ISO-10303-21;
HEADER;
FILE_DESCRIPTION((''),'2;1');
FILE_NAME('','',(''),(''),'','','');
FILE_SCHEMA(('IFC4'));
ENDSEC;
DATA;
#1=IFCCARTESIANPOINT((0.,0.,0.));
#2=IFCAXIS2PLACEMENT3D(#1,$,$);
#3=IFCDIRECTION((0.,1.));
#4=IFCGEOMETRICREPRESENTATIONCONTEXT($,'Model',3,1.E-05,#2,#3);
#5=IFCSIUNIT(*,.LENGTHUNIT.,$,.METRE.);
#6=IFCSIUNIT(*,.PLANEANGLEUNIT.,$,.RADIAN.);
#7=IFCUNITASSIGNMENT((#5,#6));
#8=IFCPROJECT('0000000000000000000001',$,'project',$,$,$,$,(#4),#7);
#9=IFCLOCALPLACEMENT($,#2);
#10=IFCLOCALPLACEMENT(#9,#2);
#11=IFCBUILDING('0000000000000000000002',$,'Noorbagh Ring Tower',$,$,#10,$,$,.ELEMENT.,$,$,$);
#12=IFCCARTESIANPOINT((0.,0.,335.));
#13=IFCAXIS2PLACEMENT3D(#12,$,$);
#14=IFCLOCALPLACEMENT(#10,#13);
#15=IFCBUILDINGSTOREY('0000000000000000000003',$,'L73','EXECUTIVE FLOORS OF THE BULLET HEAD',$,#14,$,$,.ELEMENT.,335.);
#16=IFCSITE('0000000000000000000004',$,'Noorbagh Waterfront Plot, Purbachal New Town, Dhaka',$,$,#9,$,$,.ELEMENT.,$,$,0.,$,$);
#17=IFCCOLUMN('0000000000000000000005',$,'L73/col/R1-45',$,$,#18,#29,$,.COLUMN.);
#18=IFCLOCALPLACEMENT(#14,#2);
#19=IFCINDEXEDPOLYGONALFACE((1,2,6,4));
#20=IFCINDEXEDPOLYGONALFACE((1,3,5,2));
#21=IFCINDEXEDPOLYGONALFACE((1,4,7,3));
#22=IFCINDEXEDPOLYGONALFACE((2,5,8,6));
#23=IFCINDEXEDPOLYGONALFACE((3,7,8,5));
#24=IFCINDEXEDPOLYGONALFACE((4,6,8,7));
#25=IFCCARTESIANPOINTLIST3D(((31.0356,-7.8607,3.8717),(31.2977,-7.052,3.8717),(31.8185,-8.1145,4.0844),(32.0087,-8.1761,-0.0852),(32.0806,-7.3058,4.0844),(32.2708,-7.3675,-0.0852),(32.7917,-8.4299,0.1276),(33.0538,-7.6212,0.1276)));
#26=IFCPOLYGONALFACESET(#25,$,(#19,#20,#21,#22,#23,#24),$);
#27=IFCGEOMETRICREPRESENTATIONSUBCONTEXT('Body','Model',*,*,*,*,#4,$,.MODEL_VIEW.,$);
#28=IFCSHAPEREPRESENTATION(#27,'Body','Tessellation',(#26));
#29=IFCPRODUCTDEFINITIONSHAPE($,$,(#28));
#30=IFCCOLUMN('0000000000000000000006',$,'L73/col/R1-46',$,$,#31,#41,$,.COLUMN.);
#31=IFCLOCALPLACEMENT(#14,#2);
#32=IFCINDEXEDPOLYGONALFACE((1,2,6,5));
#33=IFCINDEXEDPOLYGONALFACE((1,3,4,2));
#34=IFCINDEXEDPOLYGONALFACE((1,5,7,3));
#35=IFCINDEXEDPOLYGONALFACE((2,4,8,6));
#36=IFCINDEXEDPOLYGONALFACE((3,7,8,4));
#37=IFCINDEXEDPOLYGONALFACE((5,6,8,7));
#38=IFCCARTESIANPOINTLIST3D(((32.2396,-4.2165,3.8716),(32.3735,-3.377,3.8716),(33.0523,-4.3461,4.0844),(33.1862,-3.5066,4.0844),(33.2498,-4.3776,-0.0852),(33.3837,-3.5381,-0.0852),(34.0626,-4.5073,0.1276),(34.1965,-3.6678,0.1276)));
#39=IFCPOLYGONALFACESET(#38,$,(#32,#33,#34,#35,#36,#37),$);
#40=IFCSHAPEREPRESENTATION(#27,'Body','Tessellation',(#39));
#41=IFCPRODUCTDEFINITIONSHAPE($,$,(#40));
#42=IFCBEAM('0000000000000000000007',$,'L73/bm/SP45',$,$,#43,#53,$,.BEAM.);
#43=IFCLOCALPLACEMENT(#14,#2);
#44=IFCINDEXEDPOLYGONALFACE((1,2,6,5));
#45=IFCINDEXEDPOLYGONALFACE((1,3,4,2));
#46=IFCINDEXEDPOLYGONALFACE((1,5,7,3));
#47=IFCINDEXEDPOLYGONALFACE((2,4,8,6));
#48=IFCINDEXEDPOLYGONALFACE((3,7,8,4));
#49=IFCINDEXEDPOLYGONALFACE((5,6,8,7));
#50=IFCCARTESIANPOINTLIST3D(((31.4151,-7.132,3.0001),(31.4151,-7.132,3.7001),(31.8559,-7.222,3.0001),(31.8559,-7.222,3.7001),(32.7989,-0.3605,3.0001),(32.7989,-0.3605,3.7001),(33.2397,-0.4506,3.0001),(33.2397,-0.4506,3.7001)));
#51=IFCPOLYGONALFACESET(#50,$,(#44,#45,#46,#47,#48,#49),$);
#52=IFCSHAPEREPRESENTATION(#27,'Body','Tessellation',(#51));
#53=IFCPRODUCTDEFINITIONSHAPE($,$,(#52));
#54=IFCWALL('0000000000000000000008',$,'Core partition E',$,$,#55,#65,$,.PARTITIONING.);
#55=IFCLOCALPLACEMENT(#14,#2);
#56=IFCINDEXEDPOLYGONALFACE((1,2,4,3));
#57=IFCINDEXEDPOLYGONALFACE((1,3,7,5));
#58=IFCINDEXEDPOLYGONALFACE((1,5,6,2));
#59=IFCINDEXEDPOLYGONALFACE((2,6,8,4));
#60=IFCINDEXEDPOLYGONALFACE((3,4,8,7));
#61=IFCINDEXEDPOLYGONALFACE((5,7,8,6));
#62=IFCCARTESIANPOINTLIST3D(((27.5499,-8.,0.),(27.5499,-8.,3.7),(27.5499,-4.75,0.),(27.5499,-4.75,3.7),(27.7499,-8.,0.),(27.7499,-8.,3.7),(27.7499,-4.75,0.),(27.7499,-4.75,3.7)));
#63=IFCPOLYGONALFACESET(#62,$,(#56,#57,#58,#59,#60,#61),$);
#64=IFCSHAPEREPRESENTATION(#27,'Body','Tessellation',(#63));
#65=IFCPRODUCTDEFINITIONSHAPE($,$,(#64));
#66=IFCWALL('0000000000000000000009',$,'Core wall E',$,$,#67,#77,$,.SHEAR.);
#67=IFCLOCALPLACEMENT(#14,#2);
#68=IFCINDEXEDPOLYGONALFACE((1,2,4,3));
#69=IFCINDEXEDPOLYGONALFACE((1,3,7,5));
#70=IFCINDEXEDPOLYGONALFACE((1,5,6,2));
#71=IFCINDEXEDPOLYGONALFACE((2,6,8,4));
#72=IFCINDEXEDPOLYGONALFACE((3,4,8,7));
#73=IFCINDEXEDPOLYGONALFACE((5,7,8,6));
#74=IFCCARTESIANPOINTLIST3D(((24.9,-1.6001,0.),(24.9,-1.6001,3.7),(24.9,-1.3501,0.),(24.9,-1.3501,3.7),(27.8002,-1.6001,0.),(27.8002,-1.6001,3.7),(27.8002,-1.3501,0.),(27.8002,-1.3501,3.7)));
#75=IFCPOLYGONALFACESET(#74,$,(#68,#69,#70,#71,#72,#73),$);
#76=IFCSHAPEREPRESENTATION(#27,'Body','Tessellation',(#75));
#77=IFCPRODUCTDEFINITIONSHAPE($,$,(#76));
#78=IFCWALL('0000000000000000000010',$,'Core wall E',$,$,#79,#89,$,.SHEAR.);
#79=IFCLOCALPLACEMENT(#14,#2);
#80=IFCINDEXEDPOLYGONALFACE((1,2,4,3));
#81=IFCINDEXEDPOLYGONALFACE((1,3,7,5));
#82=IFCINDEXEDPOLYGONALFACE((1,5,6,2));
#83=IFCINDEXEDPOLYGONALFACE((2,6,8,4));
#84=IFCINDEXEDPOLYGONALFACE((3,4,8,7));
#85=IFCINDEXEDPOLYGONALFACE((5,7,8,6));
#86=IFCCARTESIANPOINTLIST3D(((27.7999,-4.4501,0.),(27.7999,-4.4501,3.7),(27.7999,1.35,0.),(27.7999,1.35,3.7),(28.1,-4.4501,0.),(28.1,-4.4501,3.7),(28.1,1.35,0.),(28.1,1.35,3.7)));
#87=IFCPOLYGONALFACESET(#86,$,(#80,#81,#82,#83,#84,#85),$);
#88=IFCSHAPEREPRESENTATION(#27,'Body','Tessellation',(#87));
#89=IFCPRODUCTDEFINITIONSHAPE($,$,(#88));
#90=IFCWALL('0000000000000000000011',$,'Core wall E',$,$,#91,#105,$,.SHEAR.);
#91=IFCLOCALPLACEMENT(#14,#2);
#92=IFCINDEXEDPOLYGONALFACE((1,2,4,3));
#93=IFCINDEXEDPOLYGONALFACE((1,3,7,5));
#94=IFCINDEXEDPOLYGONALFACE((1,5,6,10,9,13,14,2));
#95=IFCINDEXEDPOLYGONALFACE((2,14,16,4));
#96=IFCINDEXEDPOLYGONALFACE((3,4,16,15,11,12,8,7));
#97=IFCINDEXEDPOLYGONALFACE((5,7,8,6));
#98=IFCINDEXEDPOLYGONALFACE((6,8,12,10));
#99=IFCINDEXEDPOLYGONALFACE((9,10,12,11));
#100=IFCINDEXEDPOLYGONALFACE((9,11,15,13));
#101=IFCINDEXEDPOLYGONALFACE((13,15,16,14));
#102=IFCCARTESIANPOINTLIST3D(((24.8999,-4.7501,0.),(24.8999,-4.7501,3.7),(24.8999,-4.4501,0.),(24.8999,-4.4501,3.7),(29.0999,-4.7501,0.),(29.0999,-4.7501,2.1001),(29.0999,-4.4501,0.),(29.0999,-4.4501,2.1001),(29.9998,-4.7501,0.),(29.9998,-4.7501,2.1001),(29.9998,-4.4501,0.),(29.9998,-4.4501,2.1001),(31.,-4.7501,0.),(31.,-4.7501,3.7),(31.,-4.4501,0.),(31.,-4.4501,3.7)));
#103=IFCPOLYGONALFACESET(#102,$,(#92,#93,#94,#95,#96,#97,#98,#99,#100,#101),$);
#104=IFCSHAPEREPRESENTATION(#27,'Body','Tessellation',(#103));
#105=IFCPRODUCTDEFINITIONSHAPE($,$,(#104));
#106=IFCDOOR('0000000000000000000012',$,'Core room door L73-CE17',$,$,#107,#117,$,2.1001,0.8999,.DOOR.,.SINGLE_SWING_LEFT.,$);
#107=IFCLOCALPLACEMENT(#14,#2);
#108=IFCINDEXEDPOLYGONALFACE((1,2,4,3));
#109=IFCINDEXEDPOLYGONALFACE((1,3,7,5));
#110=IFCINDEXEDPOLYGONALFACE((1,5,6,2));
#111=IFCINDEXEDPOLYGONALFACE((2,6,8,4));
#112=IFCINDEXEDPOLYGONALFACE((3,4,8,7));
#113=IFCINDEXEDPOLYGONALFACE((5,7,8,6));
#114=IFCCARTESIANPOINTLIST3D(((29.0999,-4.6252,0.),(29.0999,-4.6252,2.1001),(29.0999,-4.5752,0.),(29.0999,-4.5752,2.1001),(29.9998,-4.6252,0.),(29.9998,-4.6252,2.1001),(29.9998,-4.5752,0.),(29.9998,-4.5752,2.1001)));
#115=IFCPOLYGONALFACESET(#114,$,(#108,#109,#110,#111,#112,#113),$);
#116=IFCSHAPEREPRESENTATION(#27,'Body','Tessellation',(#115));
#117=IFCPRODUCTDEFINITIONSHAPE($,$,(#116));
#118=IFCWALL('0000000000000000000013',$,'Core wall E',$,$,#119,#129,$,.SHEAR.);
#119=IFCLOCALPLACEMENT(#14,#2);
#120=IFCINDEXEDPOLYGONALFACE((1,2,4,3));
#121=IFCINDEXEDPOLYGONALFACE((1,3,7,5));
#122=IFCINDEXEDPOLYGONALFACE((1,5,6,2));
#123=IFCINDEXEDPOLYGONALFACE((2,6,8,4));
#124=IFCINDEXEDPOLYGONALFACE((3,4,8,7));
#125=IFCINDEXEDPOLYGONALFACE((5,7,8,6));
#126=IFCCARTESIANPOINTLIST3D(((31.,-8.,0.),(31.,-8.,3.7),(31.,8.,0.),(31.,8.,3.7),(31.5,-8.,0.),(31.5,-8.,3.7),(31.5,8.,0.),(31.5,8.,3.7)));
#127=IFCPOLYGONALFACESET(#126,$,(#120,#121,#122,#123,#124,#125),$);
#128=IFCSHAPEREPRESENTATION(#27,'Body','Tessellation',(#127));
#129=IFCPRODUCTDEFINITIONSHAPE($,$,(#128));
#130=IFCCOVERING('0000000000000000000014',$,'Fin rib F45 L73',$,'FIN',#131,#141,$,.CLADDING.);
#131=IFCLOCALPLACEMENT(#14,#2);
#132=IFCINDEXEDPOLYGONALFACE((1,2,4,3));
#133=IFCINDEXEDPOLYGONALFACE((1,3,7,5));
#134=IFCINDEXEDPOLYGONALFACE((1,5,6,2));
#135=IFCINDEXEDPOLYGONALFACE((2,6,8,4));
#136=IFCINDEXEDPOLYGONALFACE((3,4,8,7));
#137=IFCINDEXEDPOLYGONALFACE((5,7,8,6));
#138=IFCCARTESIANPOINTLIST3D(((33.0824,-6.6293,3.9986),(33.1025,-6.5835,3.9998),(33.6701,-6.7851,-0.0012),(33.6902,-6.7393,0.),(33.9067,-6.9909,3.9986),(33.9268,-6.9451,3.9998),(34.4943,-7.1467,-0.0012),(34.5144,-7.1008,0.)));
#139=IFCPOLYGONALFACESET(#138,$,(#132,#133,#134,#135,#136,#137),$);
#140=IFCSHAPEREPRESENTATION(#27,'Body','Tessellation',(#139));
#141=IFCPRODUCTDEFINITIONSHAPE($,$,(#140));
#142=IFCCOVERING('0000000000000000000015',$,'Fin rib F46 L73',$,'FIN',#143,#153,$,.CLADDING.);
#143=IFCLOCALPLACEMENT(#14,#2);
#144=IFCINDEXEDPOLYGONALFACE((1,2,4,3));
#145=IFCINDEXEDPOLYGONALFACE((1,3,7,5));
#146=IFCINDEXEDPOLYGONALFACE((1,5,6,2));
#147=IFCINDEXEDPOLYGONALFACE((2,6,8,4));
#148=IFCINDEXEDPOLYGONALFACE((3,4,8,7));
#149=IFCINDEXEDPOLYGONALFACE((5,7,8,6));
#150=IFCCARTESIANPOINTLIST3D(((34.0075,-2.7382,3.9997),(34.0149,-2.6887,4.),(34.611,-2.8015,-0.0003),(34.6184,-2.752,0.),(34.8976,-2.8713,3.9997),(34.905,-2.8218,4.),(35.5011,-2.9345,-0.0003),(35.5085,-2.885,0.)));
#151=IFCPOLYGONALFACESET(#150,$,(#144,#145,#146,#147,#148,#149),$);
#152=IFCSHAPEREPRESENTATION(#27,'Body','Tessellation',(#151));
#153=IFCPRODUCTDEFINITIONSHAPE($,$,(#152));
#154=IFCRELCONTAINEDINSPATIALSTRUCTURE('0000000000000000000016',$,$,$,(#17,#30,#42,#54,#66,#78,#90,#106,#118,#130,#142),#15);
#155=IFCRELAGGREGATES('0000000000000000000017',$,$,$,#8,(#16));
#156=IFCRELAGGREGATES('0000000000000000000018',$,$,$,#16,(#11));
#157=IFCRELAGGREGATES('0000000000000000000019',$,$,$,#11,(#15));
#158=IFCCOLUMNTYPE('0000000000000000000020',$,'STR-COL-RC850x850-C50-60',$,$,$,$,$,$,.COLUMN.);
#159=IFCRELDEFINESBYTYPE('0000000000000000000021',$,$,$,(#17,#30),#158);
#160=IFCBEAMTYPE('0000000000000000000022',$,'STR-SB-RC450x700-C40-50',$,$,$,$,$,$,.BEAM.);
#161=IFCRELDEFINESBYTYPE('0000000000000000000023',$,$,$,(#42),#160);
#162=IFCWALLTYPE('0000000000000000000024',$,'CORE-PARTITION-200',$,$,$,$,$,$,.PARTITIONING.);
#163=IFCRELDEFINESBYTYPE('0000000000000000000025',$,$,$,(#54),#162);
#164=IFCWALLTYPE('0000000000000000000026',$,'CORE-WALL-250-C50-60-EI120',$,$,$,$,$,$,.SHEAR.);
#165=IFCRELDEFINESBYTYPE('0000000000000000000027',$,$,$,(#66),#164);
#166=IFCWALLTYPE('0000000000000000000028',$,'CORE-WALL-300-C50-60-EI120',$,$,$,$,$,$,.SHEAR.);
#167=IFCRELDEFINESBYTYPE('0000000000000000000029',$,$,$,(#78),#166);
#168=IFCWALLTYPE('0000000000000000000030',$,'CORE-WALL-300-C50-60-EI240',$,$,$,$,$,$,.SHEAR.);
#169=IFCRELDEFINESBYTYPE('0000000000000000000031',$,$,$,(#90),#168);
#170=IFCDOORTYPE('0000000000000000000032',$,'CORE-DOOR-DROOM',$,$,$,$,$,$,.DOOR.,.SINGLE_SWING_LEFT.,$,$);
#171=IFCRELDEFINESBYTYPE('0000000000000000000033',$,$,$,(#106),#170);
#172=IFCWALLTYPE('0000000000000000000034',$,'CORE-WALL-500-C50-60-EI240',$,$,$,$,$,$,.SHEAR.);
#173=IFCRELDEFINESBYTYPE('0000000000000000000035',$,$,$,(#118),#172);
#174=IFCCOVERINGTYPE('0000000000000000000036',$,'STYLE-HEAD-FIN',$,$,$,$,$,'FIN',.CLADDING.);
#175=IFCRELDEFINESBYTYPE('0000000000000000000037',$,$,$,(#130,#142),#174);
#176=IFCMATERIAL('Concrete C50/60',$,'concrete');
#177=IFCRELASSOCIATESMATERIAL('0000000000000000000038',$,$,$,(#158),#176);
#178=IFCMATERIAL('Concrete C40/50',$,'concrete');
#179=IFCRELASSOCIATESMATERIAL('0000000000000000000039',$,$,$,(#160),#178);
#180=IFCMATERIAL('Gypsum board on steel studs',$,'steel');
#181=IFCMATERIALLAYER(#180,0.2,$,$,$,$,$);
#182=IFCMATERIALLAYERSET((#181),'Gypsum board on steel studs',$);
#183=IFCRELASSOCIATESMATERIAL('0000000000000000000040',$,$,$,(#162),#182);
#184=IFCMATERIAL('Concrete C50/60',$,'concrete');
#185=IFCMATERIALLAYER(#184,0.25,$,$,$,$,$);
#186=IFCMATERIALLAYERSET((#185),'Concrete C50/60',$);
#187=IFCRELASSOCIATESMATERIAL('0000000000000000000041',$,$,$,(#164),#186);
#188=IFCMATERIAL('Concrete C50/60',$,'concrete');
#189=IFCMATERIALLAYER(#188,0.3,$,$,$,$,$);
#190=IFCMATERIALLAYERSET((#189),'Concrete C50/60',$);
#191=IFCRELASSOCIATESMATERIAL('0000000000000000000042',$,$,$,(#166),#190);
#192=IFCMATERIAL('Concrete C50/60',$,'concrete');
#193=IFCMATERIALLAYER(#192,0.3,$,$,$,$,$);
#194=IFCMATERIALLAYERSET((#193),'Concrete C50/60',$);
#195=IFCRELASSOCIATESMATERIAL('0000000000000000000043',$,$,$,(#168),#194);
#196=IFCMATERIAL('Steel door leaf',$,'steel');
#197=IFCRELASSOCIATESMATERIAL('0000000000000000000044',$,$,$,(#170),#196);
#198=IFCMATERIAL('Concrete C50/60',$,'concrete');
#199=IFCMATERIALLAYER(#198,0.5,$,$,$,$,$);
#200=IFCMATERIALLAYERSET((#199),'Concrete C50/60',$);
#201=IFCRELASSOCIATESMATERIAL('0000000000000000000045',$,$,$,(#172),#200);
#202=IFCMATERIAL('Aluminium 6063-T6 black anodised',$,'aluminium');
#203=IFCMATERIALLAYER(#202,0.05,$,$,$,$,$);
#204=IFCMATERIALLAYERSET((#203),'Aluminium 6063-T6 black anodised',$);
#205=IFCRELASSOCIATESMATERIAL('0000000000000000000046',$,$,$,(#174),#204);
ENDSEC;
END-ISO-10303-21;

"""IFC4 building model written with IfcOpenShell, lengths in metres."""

from ifc_helpers import new_model, si_unit, direction, frame, frame_2d, origin, origin_2d, place, context, subcontext, project, spatial, polyline, rectangle, outline, extrude, material, layer, layer_set, material_profile, profile_set, type_object, element, fill, save


model = new_model("IFC4")

# Units and contexts
model_context = context("Model", 3, precision=1e-05, world=origin(), true_north=direction((0.0, 1.0)))
body_context = subcontext(model_context, "Body", "Model", "MODEL_VIEW")
ifc_project = project(units=[si_unit("LENGTHUNIT", "METRE"), si_unit("PLANEANGLEUNIT", "RADIAN")], contexts=[model_context])

# Site, building, storey
site_placement = place(None, origin())
site = spatial("IfcSite", under=ifc_project, at=site_placement, Name="Noorbagh Waterfront Plot, Purbachal New Town, Dhaka", CompositionType="ELEMENT", RefElevation=0.0)
building_placement = place(site_placement, origin())
building = spatial("IfcBuilding", under=site, at=building_placement, Name="Noorbagh Ring Tower", CompositionType="ELEMENT")
storey_placement = place(building_placement, frame((0.0, 0.0, 335.0)))
storey = spatial("IfcBuildingStorey", under=building, at=storey_placement, Name="L73", Description="EXECUTIVE FLOORS OF THE BULLET HEAD", CompositionType="ELEMENT", Elevation=335.0)

# Columns
ifc_material_1 = material(Name="Concrete C50/60", Category="concrete")
ifc_material_profile_1 = material_profile(ifc_material_1, rectangle(XDim=0.8501, YDim=0.8501, at=origin_2d()), Name="RC850x850")
ifc_profile_set_1 = profile_set([ifc_material_profile_1], Name="Concrete C50/60")
column_type = type_object("IfcColumnType", Name="STR-COL-RC850x850-C50-60", PredefinedType="COLUMN", material=ifc_profile_set_1)
for number, where, z_axis, x_axis, name in (
    (1, (32.5312, -7.8987, 0.0212), (-0.238114, 0.077181, 0.968166), (-0.308341, -0.951276, 0.0), "L73/col/R1-45"),
    (2, (33.7231, -4.0227, 0.0212), (-0.247193, 0.039427, 0.968164), (-0.157506, -0.987518, 0.0), "L73/col/R1-46"),
):
    element("IfcColumn", number, at=place(storey_placement, frame(where, z_axis=z_axis, x_axis=x_axis)), inside=storey, type_object=column_type, Name=name, PredefinedType="COLUMN", context=body_context, shape_type="SweptSolid", body=[
        extrude(rectangle(XDim=0.8501, YDim=0.8501, at=origin_2d()), origin(), (0.0, 0.0, 1.0), 4.0869),
    ])

# Beam
ifc_material_2 = material(Name="Concrete C40/50", Category="concrete")
ifc_material_profile_2 = material_profile(ifc_material_2, rectangle(XDim=0.45, YDim=0.7, at=origin_2d()), Name="RC450x700")
ifc_profile_set_2 = profile_set([ifc_material_profile_2], Name="Concrete C40/50")
beam_type = type_object("IfcBeamType", Name="STR-SB-RC450x700-C40-50", PredefinedType="BEAM", material=ifc_profile_set_2)
beam_placement = place(storey_placement, frame((31.6355, -7.177, 3.3501), z_axis=(0.200217, 0.979751, 0.0), x_axis=(-0.979751, 0.200217, 0.0)))
element("IfcBeam", 3, at=beam_placement, inside=storey, type_object=beam_type, Name="L73/bm/SP45", PredefinedType="BEAM", context=body_context, shape_type="SweptSolid", body=[
    extrude(rectangle(XDim=0.45, YDim=0.7, at=origin_2d()), origin(), (0.0, 0.0, 1.0), 6.9114),
])

# Walls
ifc_material_3 = material(Name="Gypsum board on steel studs", Category="steel")
ifc_layer_1 = layer(ifc_material_3, 0.2)
ifc_layer_set_1 = layer_set([ifc_layer_1], Name="Gypsum board on steel studs")
wall_type_1 = type_object("IfcWallType", Name="CORE-PARTITION-200", PredefinedType="PARTITIONING", material=ifc_layer_set_1)
wall_1_placement = place(storey_placement, frame((27.6499, -8.0, 0.0), z_axis=(0.0, 0.0, 1.0), x_axis=(0.0, 1.0, 0.0)))
element("IfcWall", 4, at=wall_1_placement, inside=storey, type_object=wall_type_1, Name="Core partition E", PredefinedType="PARTITIONING", context=body_context, shape_type="SweptSolid", body=[
    extrude(rectangle(XDim=3.25, YDim=0.2, at=frame_2d((1.625, 0.0))), origin(), (0.0, 0.0, 1.0), 3.7),
])
ifc_material_4 = material(Name="Concrete C50/60", Category="concrete")
ifc_layer_2 = layer(ifc_material_4, 0.25)
ifc_layer_set_2 = layer_set([ifc_layer_2], Name="Concrete C50/60")
wall_type_2 = type_object("IfcWallType", Name="CORE-WALL-250-C50-60-EI120", PredefinedType="SHEAR", material=ifc_layer_set_2)
wall_2_placement = place(storey_placement, frame((24.8999, -1.4751, 0.0), z_axis=(0.0, 0.0, 1.0), x_axis=(1.0, 0.0, 0.0)))
element("IfcWall", 5, at=wall_2_placement, inside=storey, type_object=wall_type_2, Name="Core wall E", PredefinedType="SHEAR", context=body_context, shape_type="SweptSolid", body=[
    extrude(rectangle(XDim=2.9001, YDim=0.25, at=frame_2d((1.4502, 0.0))), origin(), (0.0, 0.0, 1.0), 3.7),
])
ifc_material_5 = material(Name="Concrete C50/60", Category="concrete")
ifc_layer_3 = layer(ifc_material_5, 0.3)
ifc_layer_set_3 = layer_set([ifc_layer_3], Name="Concrete C50/60")
wall_type_3 = type_object("IfcWallType", Name="CORE-WALL-300-C50-60-EI120", PredefinedType="SHEAR", material=ifc_layer_set_3)
wall_3_placement = place(storey_placement, frame((27.95, -4.45, 0.0), z_axis=(0.0, 0.0, 1.0), x_axis=(0.0, 1.0, 0.0)))
element("IfcWall", 6, at=wall_3_placement, inside=storey, type_object=wall_type_3, Name="Core wall E", PredefinedType="SHEAR", context=body_context, shape_type="SweptSolid", body=[
    extrude(rectangle(XDim=5.8, YDim=0.3, at=frame_2d((2.8999, 0.0))), origin(), (0.0, 0.0, 1.0), 3.7),
])

# Wall, opening, door
ifc_material_6 = material(Name="Concrete C50/60", Category="concrete")
ifc_layer_4 = layer(ifc_material_6, 0.3)
ifc_layer_set_4 = layer_set([ifc_layer_4], Name="Concrete C50/60")
wall_type_4 = type_object("IfcWallType", Name="CORE-WALL-300-C50-60-EI240", PredefinedType="SHEAR", material=ifc_layer_set_4)
wall_4_placement = place(storey_placement, frame((24.8999, -4.6001, 0.0), z_axis=(0.0, 0.0, 1.0), x_axis=(1.0, 0.0, 0.0)))
wall_4 = element("IfcWall", 7, at=wall_4_placement, inside=storey, type_object=wall_type_4, Name="Core wall E", PredefinedType="SHEAR", context=body_context, shape_type="SweptSolid", body=[
    extrude(rectangle(XDim=6.1001, YDim=0.3, at=frame_2d((3.05, 0.0))), origin(), (0.0, 0.0, 1.0), 3.7),
])
opening_placement = place(wall_4_placement, frame((4.2, 0.0, 0.0)))
opening = element("IfcOpeningElement", 8, at=opening_placement, cuts=wall_4, PredefinedType="OPENING", context=body_context, shape_type="SweptSolid", body=[
    extrude(rectangle(XDim=0.8999, YDim=2.1001, at=frame_2d((0.45, 1.05))), frame((0.0, 0.1602, 0.0), z_axis=(0.0, -1.0, 0.0), x_axis=(1.0, 0.0, 0.0)), (0.0, 0.0, 1.0), 0.3201),
])
ifc_material_7 = material(Name="Steel door leaf", Category="steel")
door_type = type_object("IfcDoorType", Name="CORE-DOOR-DROOM", OperationType="SINGLE_SWING_LEFT", PredefinedType="DOOR", material=ifc_material_7)
door_placement = place(opening_placement, origin())
door = element("IfcDoor", 9, at=door_placement, inside=storey, type_object=door_type, Name="Core room door L73-CE17", OperationType="SINGLE_SWING_LEFT", OverallHeight=2.1001, OverallWidth=0.8999, PredefinedType="DOOR", context=body_context, shape_type="SweptSolid", body=[
    extrude(rectangle(XDim=0.8999, YDim=2.1001, at=frame_2d((0.45, 1.05))), frame((0.0, 0.0249, 0.0), z_axis=(0.0, -1.0, 0.0), x_axis=(1.0, 0.0, 0.0)), (0.0, 0.0, 1.0), 0.05),
])
fill(opening, door)

# Wall
ifc_material_8 = material(Name="Concrete C50/60", Category="concrete")
ifc_layer_5 = layer(ifc_material_8, 0.5)
ifc_layer_set_5 = layer_set([ifc_layer_5], Name="Concrete C50/60")
wall_type_5 = type_object("IfcWallType", Name="CORE-WALL-500-C50-60-EI240", PredefinedType="SHEAR", material=ifc_layer_set_5)
wall_5_placement = place(storey_placement, frame((31.25, -8.0, 0.0), z_axis=(0.0, 0.0, 1.0), x_axis=(0.0, 1.0, 0.0)))
element("IfcWall", 10, at=wall_5_placement, inside=storey, type_object=wall_type_5, Name="Core wall E", PredefinedType="SHEAR", context=body_context, shape_type="SweptSolid", body=[
    extrude(rectangle(XDim=16.0, YDim=0.5, at=frame_2d((8.0, 0.0))), origin(), (0.0, 0.0, 1.0), 3.7),
])

# Coverings
ifc_material_9 = material(Name="Aluminium 6063-T6 black anodised", Category="aluminium")
ifc_layer_6 = layer(ifc_material_9, 0.05)
ifc_layer_set_6 = layer_set([ifc_layer_6], Name="Aluminium 6063-T6 black anodised")
covering_type_1 = type_object("IfcCoveringType", Name="STYLE-HEAD-FIN", ElementType="FIN", PredefinedType="CLADDING", material=ifc_layer_set_6)
covering_1_placement = place(storey_placement, frame((34.5144, -7.1008, 0.0), z_axis=(0.40162, 0.915509, 0.023354), x_axis=(-0.145252, 0.038501, 0.988645)))
element("IfcCovering", 11, at=covering_1_placement, inside=storey, type_object=covering_type_1, Name="Fin rib F45 L73", ObjectType="FIN", PredefinedType="CLADDING", context=body_context, shape_type="SweptSolid", body=[
    extrude(outline(polyline([(0.0, 0.0), (4.0457, 0.0), (4.1793, -0.8901), (0.1336, -0.8901), (0.0, 0.0)])), origin(), (0.0, 0.0, -1.0), 0.05),
])
covering_2_placement = place(storey_placement, frame((35.5085, -2.885, 0.0), z_axis=(0.147833, 0.98899, 0.006671), x_axis=(-0.149172, 0.015629, 0.988688)))
element("IfcCovering", 12, at=covering_2_placement, inside=storey, type_object=covering_type_1, Name="Fin rib F46 L73", ObjectType="FIN", PredefinedType="CLADDING", context=body_context, shape_type="SweptSolid", body=[
    extrude(outline(polyline([(0.0, 0.0), (4.0458, 0.0), (4.1806, -0.8899), (0.1349, -0.8899), (0.0, 0.0)])), origin(), (0.0, 0.0, -1.0), 0.05),
])

save(model, "model.ifc")
